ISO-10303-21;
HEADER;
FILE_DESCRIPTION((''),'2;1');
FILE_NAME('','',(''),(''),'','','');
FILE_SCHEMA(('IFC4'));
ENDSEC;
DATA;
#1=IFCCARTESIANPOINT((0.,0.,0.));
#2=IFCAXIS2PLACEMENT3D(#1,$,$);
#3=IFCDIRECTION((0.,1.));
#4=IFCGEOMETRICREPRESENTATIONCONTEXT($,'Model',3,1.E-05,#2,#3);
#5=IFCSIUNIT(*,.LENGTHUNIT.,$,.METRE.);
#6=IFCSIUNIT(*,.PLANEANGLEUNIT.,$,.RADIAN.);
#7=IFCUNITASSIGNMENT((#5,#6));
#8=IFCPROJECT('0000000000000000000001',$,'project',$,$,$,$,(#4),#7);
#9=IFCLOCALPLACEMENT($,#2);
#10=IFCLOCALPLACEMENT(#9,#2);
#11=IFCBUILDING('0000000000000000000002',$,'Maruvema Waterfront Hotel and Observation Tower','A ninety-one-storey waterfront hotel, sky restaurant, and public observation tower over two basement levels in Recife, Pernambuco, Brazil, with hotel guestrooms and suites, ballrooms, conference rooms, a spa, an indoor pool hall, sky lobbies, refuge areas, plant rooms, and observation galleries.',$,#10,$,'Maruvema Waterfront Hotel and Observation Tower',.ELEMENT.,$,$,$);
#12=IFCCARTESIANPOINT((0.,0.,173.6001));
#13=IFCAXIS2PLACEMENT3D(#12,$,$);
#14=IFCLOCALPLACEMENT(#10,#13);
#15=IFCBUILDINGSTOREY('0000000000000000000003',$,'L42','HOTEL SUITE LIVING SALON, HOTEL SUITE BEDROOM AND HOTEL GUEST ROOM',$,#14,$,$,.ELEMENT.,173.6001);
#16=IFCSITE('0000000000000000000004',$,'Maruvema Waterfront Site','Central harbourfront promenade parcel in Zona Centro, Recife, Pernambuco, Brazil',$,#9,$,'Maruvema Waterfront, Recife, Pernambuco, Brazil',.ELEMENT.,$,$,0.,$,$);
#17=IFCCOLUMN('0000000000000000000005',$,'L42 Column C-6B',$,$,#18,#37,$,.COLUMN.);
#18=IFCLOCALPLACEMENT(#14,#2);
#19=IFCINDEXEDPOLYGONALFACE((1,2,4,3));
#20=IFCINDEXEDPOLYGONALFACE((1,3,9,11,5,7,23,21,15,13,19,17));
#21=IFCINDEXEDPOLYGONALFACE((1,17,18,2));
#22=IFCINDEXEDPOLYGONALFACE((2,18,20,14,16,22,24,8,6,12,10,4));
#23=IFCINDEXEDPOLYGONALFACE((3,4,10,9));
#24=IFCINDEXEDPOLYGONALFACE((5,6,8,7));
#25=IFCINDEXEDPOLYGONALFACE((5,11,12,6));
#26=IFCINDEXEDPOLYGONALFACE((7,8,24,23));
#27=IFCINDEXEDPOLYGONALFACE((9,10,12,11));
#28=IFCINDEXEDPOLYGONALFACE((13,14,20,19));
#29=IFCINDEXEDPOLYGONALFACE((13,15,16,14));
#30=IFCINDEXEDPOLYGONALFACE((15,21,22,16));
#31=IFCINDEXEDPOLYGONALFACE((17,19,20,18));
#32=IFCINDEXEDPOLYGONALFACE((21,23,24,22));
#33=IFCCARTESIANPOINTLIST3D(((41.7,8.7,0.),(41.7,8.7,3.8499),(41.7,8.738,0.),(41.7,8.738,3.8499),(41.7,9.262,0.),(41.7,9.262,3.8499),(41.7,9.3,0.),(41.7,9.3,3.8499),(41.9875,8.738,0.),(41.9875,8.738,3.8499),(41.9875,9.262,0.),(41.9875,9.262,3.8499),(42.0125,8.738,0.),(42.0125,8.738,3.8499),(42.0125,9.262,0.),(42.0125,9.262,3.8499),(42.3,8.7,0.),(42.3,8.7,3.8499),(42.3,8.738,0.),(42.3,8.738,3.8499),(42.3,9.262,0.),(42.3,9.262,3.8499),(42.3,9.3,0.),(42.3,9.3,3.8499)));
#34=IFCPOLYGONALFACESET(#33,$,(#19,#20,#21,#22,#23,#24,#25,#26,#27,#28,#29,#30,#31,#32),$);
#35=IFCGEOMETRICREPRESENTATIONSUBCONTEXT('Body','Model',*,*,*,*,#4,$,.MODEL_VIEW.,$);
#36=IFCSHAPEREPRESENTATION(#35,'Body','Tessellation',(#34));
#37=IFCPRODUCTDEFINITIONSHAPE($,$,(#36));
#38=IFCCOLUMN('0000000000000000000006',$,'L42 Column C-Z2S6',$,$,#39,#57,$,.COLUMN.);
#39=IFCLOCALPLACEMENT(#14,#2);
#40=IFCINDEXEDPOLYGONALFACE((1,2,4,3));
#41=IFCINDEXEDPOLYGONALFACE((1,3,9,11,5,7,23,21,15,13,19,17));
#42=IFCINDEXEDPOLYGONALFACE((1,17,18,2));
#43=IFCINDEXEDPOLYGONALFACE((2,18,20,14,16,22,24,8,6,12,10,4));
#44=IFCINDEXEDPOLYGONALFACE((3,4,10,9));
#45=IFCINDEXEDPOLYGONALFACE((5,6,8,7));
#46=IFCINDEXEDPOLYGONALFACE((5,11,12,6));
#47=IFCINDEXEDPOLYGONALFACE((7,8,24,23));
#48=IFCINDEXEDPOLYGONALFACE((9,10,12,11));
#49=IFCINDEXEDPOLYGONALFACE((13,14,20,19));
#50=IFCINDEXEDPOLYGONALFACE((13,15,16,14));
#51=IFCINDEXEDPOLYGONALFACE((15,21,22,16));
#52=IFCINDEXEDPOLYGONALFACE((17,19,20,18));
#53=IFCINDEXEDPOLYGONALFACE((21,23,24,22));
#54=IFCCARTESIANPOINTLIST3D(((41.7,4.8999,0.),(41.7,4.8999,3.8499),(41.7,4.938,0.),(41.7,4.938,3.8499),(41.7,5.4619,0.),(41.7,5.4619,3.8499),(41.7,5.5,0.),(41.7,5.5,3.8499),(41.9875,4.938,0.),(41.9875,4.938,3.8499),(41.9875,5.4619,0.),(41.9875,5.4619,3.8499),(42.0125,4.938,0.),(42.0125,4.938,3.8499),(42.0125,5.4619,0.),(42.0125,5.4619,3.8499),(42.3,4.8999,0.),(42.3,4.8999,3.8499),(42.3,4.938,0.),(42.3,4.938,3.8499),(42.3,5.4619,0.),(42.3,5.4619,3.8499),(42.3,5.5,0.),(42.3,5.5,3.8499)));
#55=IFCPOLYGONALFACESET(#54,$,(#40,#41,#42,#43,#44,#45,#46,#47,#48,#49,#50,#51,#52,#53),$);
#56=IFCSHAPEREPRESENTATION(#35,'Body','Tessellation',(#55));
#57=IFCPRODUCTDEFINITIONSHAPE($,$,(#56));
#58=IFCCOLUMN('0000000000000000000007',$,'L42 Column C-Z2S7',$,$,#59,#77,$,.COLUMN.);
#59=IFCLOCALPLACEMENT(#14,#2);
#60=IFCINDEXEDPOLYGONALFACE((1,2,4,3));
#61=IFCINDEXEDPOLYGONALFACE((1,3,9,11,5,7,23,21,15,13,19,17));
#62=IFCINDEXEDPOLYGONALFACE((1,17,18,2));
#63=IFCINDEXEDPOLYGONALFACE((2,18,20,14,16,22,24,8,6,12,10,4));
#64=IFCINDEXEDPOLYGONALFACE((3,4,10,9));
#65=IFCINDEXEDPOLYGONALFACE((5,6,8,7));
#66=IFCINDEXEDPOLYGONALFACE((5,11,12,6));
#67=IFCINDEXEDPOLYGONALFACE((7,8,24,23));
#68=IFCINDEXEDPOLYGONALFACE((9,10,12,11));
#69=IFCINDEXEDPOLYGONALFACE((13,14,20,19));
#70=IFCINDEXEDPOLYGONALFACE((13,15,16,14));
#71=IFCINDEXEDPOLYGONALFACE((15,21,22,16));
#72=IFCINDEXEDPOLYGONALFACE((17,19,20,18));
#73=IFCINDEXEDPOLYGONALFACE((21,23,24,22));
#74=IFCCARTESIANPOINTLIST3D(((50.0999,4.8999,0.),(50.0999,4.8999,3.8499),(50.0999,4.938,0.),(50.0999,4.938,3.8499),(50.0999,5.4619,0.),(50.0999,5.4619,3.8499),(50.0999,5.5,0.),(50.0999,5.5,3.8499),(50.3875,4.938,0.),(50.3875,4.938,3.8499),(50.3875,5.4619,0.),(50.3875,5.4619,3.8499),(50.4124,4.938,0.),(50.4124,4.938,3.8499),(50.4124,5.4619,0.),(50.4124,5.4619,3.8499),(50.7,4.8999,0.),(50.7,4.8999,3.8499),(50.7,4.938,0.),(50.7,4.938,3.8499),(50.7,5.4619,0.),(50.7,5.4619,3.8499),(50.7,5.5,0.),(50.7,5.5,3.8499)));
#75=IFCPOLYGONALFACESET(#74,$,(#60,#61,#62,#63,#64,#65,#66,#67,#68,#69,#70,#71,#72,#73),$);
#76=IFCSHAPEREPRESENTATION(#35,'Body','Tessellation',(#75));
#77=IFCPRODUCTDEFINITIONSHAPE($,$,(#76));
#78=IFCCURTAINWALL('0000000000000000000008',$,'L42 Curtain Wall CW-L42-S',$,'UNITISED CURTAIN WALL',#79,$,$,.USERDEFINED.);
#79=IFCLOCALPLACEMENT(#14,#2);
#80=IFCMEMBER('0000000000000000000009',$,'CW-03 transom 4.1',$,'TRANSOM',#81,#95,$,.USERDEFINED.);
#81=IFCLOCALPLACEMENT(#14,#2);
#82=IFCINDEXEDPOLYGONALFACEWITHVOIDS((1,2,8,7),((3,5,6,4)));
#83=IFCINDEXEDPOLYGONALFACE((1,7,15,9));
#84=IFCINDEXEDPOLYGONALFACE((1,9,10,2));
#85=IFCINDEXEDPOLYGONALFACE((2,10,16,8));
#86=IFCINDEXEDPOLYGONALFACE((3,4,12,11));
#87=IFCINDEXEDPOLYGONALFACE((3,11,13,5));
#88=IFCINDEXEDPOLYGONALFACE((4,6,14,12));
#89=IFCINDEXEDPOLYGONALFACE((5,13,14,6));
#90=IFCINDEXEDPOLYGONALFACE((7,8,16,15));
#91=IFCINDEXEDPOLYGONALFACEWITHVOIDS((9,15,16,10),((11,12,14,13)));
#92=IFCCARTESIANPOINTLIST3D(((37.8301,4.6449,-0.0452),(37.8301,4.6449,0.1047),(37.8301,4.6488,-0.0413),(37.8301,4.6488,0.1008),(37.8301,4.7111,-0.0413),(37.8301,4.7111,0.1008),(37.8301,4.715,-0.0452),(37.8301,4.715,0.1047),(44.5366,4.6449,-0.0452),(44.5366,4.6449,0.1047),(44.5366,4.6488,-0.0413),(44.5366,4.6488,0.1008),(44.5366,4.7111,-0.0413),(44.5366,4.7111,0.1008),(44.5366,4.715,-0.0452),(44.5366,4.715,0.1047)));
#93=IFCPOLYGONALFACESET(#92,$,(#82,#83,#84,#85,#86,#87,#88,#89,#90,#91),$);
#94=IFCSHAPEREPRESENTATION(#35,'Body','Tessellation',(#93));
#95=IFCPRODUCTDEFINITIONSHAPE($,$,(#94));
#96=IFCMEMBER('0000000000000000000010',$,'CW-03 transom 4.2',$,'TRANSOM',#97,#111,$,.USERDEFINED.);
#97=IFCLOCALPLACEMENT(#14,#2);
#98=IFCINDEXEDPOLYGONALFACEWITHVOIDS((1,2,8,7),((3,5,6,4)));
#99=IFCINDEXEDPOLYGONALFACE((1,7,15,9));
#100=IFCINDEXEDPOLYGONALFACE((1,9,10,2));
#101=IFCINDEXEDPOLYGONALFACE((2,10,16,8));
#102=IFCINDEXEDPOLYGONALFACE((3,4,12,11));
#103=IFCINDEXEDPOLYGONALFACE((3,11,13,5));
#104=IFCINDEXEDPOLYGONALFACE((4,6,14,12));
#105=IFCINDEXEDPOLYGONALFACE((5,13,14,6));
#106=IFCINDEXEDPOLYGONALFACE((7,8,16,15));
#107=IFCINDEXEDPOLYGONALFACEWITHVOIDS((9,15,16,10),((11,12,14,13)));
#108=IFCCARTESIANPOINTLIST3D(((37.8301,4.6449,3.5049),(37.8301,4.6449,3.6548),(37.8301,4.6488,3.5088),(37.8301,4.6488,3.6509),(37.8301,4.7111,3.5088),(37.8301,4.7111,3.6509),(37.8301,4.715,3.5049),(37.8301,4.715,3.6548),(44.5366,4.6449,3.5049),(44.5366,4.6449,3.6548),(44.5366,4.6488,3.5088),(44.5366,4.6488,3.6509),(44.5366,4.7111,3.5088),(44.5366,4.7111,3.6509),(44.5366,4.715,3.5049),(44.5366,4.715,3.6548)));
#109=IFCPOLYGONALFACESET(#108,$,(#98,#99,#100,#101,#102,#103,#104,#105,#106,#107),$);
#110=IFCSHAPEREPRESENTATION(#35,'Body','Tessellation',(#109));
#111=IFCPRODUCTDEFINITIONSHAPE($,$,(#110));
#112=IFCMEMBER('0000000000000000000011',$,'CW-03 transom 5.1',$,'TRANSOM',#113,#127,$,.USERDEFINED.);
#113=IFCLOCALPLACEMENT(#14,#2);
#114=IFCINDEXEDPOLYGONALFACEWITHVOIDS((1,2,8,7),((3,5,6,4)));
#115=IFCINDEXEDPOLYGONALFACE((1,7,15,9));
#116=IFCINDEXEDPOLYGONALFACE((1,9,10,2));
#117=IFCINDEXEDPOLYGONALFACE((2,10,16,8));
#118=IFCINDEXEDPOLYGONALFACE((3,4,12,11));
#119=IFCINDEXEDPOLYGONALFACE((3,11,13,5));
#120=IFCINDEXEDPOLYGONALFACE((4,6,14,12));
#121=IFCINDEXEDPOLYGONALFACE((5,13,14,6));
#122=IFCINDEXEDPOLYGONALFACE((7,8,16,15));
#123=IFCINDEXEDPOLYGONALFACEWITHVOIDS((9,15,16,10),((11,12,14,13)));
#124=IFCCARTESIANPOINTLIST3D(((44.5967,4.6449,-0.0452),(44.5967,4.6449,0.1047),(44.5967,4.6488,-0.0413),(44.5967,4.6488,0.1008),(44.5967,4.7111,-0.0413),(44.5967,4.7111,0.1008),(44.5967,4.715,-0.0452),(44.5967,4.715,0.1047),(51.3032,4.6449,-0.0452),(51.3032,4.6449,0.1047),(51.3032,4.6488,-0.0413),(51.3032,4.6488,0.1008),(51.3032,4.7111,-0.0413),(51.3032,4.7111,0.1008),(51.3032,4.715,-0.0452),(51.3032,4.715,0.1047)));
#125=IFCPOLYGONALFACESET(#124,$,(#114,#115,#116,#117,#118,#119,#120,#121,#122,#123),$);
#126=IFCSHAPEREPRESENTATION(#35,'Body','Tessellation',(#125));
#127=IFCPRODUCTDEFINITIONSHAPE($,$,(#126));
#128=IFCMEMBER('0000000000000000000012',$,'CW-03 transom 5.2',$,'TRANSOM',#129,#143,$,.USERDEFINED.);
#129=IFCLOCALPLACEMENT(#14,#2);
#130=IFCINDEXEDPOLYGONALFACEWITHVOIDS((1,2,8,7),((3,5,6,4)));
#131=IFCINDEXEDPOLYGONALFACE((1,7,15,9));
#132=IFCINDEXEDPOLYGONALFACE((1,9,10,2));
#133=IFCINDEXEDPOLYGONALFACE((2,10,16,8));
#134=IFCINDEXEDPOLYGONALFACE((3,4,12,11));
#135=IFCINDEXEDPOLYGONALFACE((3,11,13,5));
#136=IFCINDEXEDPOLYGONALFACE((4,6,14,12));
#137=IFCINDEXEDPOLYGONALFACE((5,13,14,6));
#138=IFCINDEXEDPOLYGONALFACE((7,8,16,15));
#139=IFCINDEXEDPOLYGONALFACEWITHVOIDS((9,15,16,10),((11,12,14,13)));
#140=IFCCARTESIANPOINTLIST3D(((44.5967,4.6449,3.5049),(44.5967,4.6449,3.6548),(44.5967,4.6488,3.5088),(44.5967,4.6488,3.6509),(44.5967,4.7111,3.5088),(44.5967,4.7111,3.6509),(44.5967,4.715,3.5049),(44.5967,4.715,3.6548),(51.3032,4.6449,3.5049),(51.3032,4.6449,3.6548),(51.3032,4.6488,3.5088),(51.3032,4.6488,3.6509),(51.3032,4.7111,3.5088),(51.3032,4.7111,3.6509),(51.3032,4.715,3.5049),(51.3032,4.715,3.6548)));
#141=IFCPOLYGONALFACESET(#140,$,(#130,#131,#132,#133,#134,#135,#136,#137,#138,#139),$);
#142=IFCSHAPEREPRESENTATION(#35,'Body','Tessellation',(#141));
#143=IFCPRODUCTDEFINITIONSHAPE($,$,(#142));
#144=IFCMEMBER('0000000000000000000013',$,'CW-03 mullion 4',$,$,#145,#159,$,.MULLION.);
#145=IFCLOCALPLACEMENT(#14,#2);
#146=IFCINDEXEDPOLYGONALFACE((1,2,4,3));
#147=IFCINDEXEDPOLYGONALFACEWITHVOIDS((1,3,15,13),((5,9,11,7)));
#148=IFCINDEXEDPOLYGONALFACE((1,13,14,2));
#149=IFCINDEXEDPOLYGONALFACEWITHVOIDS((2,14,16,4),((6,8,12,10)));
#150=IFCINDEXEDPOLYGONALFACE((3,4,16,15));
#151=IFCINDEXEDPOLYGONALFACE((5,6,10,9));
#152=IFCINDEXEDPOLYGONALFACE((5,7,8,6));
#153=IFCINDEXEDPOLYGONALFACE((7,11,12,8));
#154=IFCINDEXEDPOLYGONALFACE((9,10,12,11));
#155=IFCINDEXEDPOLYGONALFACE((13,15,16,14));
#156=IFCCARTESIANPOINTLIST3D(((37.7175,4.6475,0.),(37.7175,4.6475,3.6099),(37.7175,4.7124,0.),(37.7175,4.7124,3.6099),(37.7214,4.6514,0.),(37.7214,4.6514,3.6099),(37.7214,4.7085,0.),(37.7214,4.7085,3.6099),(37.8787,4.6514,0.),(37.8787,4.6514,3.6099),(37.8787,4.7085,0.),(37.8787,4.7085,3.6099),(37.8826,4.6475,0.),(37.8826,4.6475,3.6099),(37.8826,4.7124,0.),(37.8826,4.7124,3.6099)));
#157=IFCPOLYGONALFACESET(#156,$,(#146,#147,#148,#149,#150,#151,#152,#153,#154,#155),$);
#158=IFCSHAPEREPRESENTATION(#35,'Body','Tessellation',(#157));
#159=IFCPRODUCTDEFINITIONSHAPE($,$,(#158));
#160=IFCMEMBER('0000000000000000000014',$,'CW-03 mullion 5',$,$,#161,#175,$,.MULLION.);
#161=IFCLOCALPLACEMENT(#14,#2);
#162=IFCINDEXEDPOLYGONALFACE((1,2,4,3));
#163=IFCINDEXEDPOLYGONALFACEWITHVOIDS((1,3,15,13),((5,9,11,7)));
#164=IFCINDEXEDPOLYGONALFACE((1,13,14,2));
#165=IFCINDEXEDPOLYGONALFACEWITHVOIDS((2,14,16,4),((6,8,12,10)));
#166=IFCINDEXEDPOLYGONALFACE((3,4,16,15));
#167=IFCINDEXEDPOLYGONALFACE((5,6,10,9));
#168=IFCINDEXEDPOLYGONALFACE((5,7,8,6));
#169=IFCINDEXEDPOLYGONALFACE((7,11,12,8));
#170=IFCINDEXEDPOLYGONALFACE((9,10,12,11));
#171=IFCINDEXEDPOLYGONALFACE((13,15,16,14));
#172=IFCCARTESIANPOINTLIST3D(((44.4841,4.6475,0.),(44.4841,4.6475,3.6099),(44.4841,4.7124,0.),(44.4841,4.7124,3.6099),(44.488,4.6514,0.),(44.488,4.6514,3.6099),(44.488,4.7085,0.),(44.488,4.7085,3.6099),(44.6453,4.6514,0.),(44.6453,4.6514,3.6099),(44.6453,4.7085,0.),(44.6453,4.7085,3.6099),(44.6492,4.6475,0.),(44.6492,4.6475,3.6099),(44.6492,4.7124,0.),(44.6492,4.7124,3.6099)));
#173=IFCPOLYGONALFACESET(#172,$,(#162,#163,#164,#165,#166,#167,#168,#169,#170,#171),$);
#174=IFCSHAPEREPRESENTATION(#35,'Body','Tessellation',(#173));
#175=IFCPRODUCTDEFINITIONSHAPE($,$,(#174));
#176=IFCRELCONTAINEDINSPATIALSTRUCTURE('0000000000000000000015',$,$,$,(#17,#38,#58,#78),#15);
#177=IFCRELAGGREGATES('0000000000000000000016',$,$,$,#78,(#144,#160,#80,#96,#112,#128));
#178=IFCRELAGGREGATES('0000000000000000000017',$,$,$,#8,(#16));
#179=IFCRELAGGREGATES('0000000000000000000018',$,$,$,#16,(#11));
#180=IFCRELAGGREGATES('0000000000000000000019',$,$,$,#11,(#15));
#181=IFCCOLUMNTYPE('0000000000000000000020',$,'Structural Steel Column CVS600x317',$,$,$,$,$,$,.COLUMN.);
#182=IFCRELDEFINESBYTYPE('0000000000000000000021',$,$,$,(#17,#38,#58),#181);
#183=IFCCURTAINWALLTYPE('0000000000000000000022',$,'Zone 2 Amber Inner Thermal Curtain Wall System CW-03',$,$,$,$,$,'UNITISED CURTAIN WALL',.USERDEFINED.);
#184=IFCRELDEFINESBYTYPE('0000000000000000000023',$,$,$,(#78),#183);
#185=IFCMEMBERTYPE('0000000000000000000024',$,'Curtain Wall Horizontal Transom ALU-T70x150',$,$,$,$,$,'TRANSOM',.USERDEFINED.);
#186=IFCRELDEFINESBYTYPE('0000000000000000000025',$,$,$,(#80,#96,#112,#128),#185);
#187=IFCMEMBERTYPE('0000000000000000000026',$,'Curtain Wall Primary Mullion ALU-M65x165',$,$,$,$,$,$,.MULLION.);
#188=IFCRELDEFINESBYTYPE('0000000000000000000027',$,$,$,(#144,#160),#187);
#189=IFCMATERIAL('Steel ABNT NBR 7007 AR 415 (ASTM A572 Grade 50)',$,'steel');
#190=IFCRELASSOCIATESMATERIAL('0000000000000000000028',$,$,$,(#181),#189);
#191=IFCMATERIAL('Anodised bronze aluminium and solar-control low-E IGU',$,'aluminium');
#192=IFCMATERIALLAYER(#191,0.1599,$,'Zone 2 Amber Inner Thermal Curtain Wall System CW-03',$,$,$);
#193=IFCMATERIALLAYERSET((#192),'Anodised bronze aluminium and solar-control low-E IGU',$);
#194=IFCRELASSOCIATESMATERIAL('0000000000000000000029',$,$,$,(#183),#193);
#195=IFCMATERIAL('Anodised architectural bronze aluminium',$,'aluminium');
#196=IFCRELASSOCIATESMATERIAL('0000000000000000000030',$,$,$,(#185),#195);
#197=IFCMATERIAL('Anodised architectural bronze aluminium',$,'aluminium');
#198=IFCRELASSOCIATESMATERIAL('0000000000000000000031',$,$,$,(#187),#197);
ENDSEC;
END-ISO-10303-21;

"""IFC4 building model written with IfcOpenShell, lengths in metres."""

from ifc_helpers import new_model, si_unit, direction, frame, origin, origin_2d, place, context, subcontext, project, spatial, hollow_rectangle, i_section, extrude, material, layer, layer_set, material_profile, profile_set, type_object, element, aggregate, save


model = new_model("IFC4")

# Units and contexts
model_context = context("Model", 3, precision=1e-05, world=origin(), true_north=direction((0.0, 1.0)))
body_context = subcontext(model_context, "Body", "Model", "MODEL_VIEW")
ifc_project = project(units=[si_unit("LENGTHUNIT", "METRE"), si_unit("PLANEANGLEUNIT", "RADIAN")], contexts=[model_context])

# Site, building, storey
site_placement = place(None, origin())
site = spatial("IfcSite", under=ifc_project, at=site_placement, Name="Maruvema Waterfront Site", Description="Central harbourfront promenade parcel in Zona Centro, Recife, Pernambuco, Brazil", LongName="Maruvema Waterfront, Recife, Pernambuco, Brazil", CompositionType="ELEMENT", RefElevation=0.0)
building_placement = place(site_placement, origin())
building = spatial("IfcBuilding", under=site, at=building_placement, Name="Maruvema Waterfront Hotel and Observation Tower", Description="A ninety-one-storey waterfront hotel, sky restaurant, and public observation tower over two basement levels in Recife, Pernambuco, Brazil, with hotel guestrooms and suites, ballrooms, conference rooms, a spa, an indoor pool hall, sky lobbies, refuge areas, plant rooms, and observation galleries.", LongName="Maruvema Waterfront Hotel and Observation Tower", CompositionType="ELEMENT")
storey_placement = place(building_placement, frame((0.0, 0.0, 173.6001)))
storey = spatial("IfcBuildingStorey", under=building, at=storey_placement, Name="L42", Description="HOTEL SUITE LIVING SALON, HOTEL SUITE BEDROOM AND HOTEL GUEST ROOM", CompositionType="ELEMENT", Elevation=173.6001)

# Columns
ifc_material_1 = material(Name="Steel ABNT NBR 7007 AR 415 (ASTM A572 Grade 50)", Category="steel")
ifc_material_profile_1 = material_profile(ifc_material_1, i_section(OverallWidth=0.6001, OverallDepth=0.6001, WebThickness=0.0249, FlangeThickness=0.0381, at=origin_2d()), Name="CVS600x317")
ifc_profile_set_1 = profile_set([ifc_material_profile_1], Name="Steel ABNT NBR 7007 AR 415 (ASTM A572 Grade 50)")
column_type = type_object("IfcColumnType", Name="Structural Steel Column CVS600x317", PredefinedType="COLUMN", material=ifc_profile_set_1)
for number, where, z_axis, x_axis, name in (
    (1, (42.0, 9.0, 0.0), (0.0, 0.0, 1.0), (1.0, 0.0, 0.0), "L42 Column C-6B"),
    (2, (42.0, 5.2, 0.0), (0.0, 0.0, 1.0), (1.0, 0.0, 0.0), "L42 Column C-Z2S6"),
    (3, (50.3999, 5.2, 0.0), (0.0, 0.0, 1.0), (1.0, 0.0, 0.0), "L42 Column C-Z2S7"),
):
    element("IfcColumn", number, at=place(storey_placement, frame(where, z_axis=z_axis, x_axis=x_axis)), inside=storey, type_object=column_type, Name=name, PredefinedType="COLUMN", context=body_context, shape_type="SweptSolid", body=[
        extrude(i_section(OverallWidth=0.6001, OverallDepth=0.6001, WebThickness=0.0249, FlangeThickness=0.0381, at=origin_2d()), origin(), (0.0, 0.0, 1.0), 3.8499),
    ])

# Curtain wall, members
ifc_material_2 = material(Name="Anodised bronze aluminium and solar-control low-E IGU", Category="aluminium")
ifc_layer_1 = layer(ifc_material_2, 0.1599, Name="Zone 2 Amber Inner Thermal Curtain Wall System CW-03")
ifc_layer_set_1 = layer_set([ifc_layer_1], Name="Anodised bronze aluminium and solar-control low-E IGU")
curtain_wall_type = type_object("IfcCurtainWallType", Name="Zone 2 Amber Inner Thermal Curtain Wall System CW-03", ElementType="UNITISED CURTAIN WALL", PredefinedType="USERDEFINED", material=ifc_layer_set_1)
curtain_wall_placement = place(storey_placement, origin())
curtain_wall = element("IfcCurtainWall", 4, at=curtain_wall_placement, inside=storey, type_object=curtain_wall_type, Name="L42 Curtain Wall CW-L42-S", ObjectType="UNITISED CURTAIN WALL", PredefinedType="USERDEFINED")
ifc_material_3 = material(Name="Anodised architectural bronze aluminium", Category="aluminium")
ifc_material_profile_2 = material_profile(ifc_material_3, hollow_rectangle(XDim=0.0701, YDim=0.1499, WallThickness=0.0039, at=origin_2d()), Name="ALU-T70x150")
ifc_profile_set_2 = profile_set([ifc_material_profile_2], Name="Anodised architectural bronze aluminium")
member_type_1 = type_object("IfcMemberType", Name="Curtain Wall Horizontal Transom ALU-T70x150", ElementType="TRANSOM", PredefinedType="USERDEFINED", material=ifc_profile_set_2)
member_1_placement = place(storey_placement, frame((37.8301, 4.6799, 0.0298), z_axis=(1.0, 0.0, 0.0), x_axis=(0.0, 1.0, 0.0)))
member_1 = element("IfcMember", 5, at=member_1_placement, type_object=member_type_1, Name="CW-03 transom 4.1", ObjectType="TRANSOM", PredefinedType="USERDEFINED", context=body_context, shape_type="SweptSolid", body=[
    extrude(hollow_rectangle(XDim=0.0701, YDim=0.1499, WallThickness=0.0039, at=origin_2d()), origin(), (0.0, 0.0, 1.0), 6.7065),
])
member_2_placement = place(storey_placement, frame((37.8301, 4.6799, 3.5798), z_axis=(1.0, 0.0, 0.0), x_axis=(0.0, 1.0, 0.0)))
member_2 = element("IfcMember", 6, at=member_2_placement, type_object=member_type_1, Name="CW-03 transom 4.2", ObjectType="TRANSOM", PredefinedType="USERDEFINED", context=body_context, shape_type="SweptSolid", body=[
    extrude(hollow_rectangle(XDim=0.0701, YDim=0.1499, WallThickness=0.0039, at=origin_2d()), origin(), (0.0, 0.0, 1.0), 6.7065),
])
member_3_placement = place(storey_placement, frame((44.5967, 4.6799, 0.0298), z_axis=(1.0, 0.0, 0.0), x_axis=(0.0, 1.0, 0.0)))
member_3 = element("IfcMember", 7, at=member_3_placement, type_object=member_type_1, Name="CW-03 transom 5.1", ObjectType="TRANSOM", PredefinedType="USERDEFINED", context=body_context, shape_type="SweptSolid", body=[
    extrude(hollow_rectangle(XDim=0.0701, YDim=0.1499, WallThickness=0.0039, at=origin_2d()), origin(), (0.0, 0.0, 1.0), 6.7065),
])
member_4_placement = place(storey_placement, frame((44.5967, 4.6799, 3.5798), z_axis=(1.0, 0.0, 0.0), x_axis=(0.0, 1.0, 0.0)))
member_4 = element("IfcMember", 8, at=member_4_placement, type_object=member_type_1, Name="CW-03 transom 5.2", ObjectType="TRANSOM", PredefinedType="USERDEFINED", context=body_context, shape_type="SweptSolid", body=[
    extrude(hollow_rectangle(XDim=0.0701, YDim=0.1499, WallThickness=0.0039, at=origin_2d()), origin(), (0.0, 0.0, 1.0), 6.7065),
])
ifc_material_4 = material(Name="Anodised architectural bronze aluminium", Category="aluminium")
ifc_material_profile_3 = material_profile(ifc_material_4, hollow_rectangle(XDim=0.0649, YDim=0.165, WallThickness=0.0039, at=origin_2d()), Name="ALU-M65x165")
ifc_profile_set_3 = profile_set([ifc_material_profile_3], Name="Anodised architectural bronze aluminium")
member_type_2 = type_object("IfcMemberType", Name="Curtain Wall Primary Mullion ALU-M65x165", PredefinedType="MULLION", material=ifc_profile_set_3)
member_5_placement = place(storey_placement, frame((37.8, 4.6799, 0.0), z_axis=(0.0, 0.0, 1.0), x_axis=(0.0, 1.0, 0.0)))
member_5 = element("IfcMember", 9, at=member_5_placement, type_object=member_type_2, Name="CW-03 mullion 4", PredefinedType="MULLION", context=body_context, shape_type="SweptSolid", body=[
    extrude(hollow_rectangle(XDim=0.0649, YDim=0.165, WallThickness=0.0039, at=origin_2d()), origin(), (0.0, 0.0, 1.0), 3.6099),
])
member_6_placement = place(storey_placement, frame((44.5667, 4.6799, 0.0), z_axis=(0.0, 0.0, 1.0), x_axis=(0.0, 1.0, 0.0)))
member_6 = element("IfcMember", 10, at=member_6_placement, type_object=member_type_2, Name="CW-03 mullion 5", PredefinedType="MULLION", context=body_context, shape_type="SweptSolid", body=[
    extrude(hollow_rectangle(XDim=0.0649, YDim=0.165, WallThickness=0.0039, at=origin_2d()), origin(), (0.0, 0.0, 1.0), 3.6099),
])

aggregate(curtain_wall, [member_5, member_6, member_1, member_2, member_3, member_4])

save(model, "model.ifc")
